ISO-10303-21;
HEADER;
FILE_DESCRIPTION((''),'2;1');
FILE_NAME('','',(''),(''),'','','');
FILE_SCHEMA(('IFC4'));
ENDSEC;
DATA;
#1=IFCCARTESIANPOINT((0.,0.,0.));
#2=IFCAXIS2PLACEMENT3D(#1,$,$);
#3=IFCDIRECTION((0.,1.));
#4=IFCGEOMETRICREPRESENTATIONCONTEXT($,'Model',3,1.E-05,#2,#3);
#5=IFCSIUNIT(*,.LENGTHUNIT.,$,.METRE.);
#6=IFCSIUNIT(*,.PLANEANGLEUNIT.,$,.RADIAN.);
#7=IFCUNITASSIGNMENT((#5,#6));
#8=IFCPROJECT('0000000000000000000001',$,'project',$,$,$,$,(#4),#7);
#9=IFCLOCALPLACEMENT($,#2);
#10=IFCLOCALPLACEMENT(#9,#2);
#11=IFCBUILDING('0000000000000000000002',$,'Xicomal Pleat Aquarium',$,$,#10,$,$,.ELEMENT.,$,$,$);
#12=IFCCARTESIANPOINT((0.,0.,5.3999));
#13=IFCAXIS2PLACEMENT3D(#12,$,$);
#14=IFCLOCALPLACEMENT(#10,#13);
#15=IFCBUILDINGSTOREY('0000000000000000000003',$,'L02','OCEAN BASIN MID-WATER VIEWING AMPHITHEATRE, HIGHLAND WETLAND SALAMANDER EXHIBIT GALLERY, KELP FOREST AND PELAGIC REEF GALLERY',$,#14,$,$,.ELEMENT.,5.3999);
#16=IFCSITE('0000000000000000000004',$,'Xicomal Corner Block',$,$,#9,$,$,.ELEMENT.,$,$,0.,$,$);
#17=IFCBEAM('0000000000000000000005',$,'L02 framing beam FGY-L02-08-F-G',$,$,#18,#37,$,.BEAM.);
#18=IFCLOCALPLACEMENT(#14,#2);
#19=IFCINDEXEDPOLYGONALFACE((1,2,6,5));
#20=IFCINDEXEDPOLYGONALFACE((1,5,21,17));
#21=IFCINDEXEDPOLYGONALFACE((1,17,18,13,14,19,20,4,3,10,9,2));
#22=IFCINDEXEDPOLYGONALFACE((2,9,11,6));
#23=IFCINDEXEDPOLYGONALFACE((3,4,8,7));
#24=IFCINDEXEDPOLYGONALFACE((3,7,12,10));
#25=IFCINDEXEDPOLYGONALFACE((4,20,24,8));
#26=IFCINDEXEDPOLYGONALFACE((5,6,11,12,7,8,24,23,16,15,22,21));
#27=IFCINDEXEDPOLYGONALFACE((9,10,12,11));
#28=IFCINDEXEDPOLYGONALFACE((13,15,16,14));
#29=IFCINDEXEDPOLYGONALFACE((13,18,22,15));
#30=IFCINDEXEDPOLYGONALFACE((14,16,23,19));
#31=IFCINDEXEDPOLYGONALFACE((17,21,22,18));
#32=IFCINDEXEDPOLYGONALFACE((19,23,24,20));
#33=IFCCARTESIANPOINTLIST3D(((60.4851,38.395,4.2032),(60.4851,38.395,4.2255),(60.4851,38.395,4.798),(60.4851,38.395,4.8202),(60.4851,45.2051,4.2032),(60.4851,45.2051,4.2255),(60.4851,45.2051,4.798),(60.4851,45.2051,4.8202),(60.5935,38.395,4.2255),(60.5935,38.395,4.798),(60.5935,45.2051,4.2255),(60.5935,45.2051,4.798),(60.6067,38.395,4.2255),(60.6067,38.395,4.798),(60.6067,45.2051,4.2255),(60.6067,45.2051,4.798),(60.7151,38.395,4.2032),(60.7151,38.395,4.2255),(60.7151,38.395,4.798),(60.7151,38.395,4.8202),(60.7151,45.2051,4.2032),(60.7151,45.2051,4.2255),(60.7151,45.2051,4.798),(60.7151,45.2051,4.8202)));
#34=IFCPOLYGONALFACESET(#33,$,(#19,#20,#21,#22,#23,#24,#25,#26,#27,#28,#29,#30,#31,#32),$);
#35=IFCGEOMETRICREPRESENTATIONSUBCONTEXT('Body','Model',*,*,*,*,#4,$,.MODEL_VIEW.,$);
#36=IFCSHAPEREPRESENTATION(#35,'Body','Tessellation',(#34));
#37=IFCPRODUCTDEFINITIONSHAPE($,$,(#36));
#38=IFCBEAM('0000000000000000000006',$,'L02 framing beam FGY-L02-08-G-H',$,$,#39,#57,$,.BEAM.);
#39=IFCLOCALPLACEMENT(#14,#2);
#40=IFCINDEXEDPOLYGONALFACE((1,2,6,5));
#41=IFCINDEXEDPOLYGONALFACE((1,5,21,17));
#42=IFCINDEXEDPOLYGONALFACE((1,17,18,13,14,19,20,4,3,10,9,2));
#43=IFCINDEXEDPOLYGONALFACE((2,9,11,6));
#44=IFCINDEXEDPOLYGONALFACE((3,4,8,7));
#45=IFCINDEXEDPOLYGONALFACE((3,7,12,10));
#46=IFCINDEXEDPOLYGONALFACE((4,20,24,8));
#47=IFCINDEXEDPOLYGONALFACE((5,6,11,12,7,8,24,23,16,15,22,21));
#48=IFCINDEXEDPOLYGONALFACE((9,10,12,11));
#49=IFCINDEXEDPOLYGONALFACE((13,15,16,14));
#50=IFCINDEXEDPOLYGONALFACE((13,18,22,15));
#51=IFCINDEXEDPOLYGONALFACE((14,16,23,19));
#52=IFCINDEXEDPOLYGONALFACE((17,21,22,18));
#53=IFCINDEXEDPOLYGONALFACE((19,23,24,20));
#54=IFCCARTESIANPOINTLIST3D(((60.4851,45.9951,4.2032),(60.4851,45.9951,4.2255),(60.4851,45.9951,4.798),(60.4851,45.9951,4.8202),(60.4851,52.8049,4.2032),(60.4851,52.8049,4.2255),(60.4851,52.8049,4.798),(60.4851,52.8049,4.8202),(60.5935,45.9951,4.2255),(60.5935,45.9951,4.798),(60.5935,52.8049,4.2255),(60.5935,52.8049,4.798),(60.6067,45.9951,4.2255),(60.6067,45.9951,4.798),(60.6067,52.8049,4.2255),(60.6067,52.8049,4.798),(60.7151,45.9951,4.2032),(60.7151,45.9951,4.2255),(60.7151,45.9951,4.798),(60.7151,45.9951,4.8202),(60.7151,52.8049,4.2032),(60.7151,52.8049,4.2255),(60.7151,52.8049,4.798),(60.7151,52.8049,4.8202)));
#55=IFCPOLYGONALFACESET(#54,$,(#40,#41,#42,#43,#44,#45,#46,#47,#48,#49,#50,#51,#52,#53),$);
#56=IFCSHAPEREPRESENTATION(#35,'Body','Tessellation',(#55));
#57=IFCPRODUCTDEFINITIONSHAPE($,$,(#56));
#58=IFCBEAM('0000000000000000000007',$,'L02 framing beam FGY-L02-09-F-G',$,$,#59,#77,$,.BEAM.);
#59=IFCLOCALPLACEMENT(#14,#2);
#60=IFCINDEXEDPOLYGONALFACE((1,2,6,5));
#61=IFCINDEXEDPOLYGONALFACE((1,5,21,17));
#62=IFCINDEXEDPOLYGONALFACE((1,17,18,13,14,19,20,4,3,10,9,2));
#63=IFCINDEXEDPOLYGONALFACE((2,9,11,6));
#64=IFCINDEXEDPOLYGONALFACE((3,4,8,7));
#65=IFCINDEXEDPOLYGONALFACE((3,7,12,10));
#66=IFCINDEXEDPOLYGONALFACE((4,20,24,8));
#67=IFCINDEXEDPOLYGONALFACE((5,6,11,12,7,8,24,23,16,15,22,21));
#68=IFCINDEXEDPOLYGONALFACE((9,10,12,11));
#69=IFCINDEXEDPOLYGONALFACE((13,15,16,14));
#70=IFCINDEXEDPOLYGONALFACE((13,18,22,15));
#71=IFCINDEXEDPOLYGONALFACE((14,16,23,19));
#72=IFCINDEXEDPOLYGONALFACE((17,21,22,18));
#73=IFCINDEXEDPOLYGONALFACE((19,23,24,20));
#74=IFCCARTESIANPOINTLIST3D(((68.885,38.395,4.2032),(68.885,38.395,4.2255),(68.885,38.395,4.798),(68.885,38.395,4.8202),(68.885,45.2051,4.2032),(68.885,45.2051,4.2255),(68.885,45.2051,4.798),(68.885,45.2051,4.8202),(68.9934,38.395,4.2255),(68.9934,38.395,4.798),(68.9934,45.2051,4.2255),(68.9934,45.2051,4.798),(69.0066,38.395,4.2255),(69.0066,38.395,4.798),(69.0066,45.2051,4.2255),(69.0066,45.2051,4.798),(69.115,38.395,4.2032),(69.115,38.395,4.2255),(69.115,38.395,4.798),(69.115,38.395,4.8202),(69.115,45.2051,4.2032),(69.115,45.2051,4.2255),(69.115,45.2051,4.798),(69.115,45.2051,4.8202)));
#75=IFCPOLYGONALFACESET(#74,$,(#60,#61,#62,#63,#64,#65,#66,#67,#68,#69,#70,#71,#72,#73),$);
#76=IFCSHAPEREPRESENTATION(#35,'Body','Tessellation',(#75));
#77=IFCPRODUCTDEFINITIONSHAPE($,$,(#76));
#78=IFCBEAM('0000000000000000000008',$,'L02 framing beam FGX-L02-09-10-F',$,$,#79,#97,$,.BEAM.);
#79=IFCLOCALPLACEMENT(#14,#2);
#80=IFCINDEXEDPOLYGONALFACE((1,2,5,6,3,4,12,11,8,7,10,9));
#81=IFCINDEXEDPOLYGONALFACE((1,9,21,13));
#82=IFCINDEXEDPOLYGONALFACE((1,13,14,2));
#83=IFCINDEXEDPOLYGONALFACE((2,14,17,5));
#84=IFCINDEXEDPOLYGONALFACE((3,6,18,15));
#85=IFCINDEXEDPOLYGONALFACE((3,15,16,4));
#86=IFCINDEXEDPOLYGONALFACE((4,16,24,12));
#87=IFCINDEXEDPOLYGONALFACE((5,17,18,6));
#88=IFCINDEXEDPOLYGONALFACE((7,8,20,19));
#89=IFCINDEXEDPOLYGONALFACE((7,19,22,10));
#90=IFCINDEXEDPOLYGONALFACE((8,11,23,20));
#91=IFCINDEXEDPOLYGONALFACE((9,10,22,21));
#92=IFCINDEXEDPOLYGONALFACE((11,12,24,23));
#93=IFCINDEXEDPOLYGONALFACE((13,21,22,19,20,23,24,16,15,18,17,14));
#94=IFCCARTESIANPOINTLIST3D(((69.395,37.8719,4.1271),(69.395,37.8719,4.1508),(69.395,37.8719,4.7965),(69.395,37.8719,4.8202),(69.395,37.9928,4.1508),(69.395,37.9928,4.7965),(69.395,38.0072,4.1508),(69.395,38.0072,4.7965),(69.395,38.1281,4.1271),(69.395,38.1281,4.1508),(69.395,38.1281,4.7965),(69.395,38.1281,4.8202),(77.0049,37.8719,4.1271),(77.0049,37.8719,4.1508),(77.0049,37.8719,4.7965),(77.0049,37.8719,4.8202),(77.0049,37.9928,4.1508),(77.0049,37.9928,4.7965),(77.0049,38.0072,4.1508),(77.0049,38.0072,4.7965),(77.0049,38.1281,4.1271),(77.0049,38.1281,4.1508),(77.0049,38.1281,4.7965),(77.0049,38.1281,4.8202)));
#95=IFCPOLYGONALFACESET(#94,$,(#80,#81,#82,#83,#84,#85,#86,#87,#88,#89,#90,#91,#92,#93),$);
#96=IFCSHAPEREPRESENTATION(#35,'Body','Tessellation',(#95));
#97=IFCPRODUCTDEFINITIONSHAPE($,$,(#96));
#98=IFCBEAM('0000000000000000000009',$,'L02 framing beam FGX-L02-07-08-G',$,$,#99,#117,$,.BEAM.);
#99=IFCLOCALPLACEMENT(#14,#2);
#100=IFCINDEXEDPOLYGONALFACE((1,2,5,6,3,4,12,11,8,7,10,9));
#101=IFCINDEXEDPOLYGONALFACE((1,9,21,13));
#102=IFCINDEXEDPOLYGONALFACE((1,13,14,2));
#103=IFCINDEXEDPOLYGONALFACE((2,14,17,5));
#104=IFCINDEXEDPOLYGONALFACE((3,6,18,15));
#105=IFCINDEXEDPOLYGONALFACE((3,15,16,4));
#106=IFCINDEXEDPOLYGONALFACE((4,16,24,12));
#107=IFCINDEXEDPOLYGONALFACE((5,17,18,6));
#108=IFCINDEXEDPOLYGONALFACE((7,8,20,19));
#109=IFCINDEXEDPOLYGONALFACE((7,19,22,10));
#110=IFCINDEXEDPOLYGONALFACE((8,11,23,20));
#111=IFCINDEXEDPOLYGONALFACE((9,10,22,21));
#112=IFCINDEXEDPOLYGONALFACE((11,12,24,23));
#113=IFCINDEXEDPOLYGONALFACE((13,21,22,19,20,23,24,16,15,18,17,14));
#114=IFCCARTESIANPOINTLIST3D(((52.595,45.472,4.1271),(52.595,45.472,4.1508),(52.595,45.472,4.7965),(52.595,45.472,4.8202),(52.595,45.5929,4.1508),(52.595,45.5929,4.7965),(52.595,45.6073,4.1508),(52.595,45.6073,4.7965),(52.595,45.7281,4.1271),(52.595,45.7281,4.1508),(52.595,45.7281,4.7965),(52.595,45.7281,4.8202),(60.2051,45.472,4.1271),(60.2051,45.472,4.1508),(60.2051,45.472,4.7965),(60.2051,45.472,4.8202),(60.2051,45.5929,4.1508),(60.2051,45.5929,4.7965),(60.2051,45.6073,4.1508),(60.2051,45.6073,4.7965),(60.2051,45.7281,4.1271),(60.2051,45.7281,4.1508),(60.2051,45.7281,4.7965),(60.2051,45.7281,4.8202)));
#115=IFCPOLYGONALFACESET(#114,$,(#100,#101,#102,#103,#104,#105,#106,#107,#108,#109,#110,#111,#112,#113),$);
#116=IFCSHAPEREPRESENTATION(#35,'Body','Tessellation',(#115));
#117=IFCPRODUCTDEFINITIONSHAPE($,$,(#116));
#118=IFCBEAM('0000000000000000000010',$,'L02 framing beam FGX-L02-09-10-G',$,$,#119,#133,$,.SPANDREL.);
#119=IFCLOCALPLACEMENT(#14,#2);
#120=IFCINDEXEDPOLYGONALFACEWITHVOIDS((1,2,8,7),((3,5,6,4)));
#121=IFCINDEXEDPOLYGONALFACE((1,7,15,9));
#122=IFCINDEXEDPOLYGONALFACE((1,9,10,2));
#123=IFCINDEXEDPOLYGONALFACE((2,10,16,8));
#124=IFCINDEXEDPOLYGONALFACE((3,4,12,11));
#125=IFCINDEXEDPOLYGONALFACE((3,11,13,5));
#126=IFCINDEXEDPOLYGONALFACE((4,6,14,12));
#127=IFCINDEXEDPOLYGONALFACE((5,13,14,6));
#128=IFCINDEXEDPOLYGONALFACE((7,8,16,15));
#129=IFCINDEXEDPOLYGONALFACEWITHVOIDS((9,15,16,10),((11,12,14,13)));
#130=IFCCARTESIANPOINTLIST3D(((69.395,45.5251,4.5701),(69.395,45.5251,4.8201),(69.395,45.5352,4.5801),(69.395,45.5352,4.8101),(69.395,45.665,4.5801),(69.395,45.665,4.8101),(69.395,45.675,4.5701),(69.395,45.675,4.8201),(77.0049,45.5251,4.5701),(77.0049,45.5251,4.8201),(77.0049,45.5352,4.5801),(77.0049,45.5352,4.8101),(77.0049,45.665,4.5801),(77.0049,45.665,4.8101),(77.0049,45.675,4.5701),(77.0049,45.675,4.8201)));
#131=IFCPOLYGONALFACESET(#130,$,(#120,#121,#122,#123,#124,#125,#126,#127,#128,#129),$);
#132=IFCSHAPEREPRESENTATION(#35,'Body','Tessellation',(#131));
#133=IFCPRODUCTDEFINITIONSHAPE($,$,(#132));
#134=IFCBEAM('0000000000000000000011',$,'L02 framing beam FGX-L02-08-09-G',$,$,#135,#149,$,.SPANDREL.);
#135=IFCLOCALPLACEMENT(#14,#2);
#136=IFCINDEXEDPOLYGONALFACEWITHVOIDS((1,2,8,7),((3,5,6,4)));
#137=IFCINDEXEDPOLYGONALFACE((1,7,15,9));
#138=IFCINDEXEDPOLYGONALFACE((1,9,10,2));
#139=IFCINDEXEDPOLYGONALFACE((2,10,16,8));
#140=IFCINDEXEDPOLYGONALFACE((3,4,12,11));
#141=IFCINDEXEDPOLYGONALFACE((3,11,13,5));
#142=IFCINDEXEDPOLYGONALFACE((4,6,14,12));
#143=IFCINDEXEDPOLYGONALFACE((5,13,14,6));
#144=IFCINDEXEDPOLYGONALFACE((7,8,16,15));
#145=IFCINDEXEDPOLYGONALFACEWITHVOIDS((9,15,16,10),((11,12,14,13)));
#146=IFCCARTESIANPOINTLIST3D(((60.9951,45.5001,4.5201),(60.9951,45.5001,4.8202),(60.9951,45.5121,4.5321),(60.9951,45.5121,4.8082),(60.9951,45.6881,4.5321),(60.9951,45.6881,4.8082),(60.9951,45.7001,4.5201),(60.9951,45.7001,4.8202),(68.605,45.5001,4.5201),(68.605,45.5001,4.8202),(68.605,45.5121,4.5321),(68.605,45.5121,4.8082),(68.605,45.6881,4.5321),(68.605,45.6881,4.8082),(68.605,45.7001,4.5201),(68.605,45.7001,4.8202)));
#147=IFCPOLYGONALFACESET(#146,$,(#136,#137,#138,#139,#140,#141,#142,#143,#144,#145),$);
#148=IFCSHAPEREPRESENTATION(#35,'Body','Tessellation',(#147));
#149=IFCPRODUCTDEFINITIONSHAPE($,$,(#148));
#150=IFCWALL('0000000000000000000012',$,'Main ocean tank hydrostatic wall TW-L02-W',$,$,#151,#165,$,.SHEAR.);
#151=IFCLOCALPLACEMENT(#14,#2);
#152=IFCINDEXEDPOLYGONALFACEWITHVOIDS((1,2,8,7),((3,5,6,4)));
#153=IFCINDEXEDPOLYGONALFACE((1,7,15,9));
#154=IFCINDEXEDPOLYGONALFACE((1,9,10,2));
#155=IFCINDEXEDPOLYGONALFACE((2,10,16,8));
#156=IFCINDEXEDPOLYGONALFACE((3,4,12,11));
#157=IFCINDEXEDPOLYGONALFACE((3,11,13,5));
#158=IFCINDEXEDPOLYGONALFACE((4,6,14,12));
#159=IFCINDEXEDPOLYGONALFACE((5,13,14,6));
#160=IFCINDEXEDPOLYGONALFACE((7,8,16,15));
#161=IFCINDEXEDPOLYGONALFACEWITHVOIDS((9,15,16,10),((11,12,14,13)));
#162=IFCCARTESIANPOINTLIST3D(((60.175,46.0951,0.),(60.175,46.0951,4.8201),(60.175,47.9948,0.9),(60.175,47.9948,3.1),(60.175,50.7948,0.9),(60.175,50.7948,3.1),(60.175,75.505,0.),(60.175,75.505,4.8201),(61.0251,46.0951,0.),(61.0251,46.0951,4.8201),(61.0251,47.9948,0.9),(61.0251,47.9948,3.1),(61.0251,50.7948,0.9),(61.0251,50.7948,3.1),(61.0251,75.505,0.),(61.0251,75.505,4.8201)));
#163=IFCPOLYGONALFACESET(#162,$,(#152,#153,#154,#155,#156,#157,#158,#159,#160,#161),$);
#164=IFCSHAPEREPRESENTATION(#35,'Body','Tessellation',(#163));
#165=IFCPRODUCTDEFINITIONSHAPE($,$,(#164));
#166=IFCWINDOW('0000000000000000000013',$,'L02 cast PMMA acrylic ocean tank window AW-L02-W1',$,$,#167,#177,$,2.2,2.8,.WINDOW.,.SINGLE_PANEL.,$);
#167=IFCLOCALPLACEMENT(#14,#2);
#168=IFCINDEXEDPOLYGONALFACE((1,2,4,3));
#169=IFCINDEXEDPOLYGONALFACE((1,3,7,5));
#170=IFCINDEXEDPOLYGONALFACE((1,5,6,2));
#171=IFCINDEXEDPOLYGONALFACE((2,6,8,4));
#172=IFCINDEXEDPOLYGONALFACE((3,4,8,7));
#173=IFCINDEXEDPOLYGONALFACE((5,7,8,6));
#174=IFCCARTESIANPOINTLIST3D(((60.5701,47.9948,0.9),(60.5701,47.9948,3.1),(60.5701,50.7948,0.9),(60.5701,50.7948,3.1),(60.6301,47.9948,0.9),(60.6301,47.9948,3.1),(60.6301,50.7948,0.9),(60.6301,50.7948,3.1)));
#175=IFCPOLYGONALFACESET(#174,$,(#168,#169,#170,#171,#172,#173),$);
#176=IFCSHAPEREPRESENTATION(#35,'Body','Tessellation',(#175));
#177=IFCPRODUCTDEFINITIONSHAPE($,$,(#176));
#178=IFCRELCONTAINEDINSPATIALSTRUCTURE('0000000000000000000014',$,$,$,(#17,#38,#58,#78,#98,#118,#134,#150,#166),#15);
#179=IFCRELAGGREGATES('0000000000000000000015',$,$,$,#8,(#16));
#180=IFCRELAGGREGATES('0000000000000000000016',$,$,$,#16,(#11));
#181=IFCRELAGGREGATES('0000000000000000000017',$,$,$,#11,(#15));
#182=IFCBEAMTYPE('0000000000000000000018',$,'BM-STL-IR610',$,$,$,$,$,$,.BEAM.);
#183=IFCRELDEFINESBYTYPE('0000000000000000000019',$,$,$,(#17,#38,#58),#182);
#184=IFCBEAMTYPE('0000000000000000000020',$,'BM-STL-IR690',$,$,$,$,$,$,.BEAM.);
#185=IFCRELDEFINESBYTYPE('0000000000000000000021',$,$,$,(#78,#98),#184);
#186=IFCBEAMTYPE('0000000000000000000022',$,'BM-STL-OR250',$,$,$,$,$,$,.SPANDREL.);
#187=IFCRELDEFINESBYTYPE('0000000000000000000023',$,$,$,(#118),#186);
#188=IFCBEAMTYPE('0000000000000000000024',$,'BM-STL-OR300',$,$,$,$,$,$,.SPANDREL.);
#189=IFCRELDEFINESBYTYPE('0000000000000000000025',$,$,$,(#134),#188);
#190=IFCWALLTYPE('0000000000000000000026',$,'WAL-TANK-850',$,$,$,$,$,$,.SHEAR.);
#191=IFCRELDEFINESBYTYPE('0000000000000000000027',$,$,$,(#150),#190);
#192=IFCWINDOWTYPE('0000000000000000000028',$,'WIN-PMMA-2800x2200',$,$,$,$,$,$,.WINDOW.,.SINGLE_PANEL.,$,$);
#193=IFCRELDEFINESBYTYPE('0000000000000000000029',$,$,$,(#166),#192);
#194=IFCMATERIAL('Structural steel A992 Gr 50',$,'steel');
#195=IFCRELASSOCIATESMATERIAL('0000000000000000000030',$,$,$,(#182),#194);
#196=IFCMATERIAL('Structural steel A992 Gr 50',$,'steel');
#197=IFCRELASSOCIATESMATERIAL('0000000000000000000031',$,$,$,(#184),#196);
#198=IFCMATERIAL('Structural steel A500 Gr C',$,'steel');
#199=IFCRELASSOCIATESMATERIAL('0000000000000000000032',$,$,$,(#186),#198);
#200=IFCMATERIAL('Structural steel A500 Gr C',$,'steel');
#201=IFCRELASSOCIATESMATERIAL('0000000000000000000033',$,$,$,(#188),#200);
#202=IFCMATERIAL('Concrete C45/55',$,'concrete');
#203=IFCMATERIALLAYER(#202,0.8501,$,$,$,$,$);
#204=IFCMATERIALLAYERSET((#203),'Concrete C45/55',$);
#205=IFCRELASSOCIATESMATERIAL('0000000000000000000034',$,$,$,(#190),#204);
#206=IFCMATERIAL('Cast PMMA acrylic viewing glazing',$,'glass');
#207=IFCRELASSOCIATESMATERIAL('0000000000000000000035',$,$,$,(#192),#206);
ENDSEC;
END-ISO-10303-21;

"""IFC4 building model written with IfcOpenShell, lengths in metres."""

from ifc_helpers import new_model, si_unit, direction, frame, frame_2d, origin, origin_2d, place, context, subcontext, project, spatial, rectangle, hollow_rectangle, i_section, extrude, material, layer, layer_set, material_profile, profile_set, type_object, element, fill, save


model = new_model("IFC4")

# Units and contexts
model_context = context("Model", 3, precision=1e-05, world=origin(), true_north=direction((0.0, 1.0)))
body_context = subcontext(model_context, "Body", "Model", "MODEL_VIEW")
ifc_project = project(units=[si_unit("LENGTHUNIT", "METRE"), si_unit("PLANEANGLEUNIT", "RADIAN")], contexts=[model_context])

# Site, building, storey
site_placement = place(None, origin())
site = spatial("IfcSite", under=ifc_project, at=site_placement, Name="Xicomal Corner Block", CompositionType="ELEMENT", RefElevation=0.0)
building_placement = place(site_placement, origin())
building = spatial("IfcBuilding", under=site, at=building_placement, Name="Xicomal Pleat Aquarium", CompositionType="ELEMENT")
storey_placement = place(building_placement, frame((0.0, 0.0, 5.3999)))
storey = spatial("IfcBuildingStorey", under=building, at=storey_placement, Name="L02", Description="OCEAN BASIN MID-WATER VIEWING AMPHITHEATRE, HIGHLAND WETLAND SALAMANDER EXHIBIT GALLERY, KELP FOREST AND PELAGIC REEF GALLERY", CompositionType="ELEMENT", Elevation=5.3999)

# Beams
ifc_material_1 = material(Name="Structural steel A992 Gr 50", Category="steel")
ifc_material_profile_1 = material_profile(ifc_material_1, i_section(OverallWidth=0.23, OverallDepth=0.6169, WebThickness=0.0132, FlangeThickness=0.0222, at=origin_2d()), Name="IR 610x140")
ifc_profile_set_1 = profile_set([ifc_material_profile_1], Name="Structural steel A992 Gr 50")
beam_type_1 = type_object("IfcBeamType", Name="BM-STL-IR610", PredefinedType="BEAM", material=ifc_profile_set_1)
beam_1_placement = place(storey_placement, frame((60.6001, 38.395, 4.5117), z_axis=(0.0, 1.0, 0.0), x_axis=(-1.0, 0.0, 0.0)))
element("IfcBeam", 1, at=beam_1_placement, inside=storey, type_object=beam_type_1, Name="L02 framing beam FGY-L02-08-F-G", PredefinedType="BEAM", context=body_context, shape_type="SweptSolid", body=[
    extrude(i_section(OverallWidth=0.23, OverallDepth=0.6169, WebThickness=0.0132, FlangeThickness=0.0222, at=origin_2d()), origin(), (0.0, 0.0, 1.0), 6.8101),
])
beam_2_placement = place(storey_placement, frame((60.6001, 45.9951, 4.5117), z_axis=(0.0, 1.0, 0.0), x_axis=(-1.0, 0.0, 0.0)))
element("IfcBeam", 2, at=beam_2_placement, inside=storey, type_object=beam_type_1, Name="L02 framing beam FGY-L02-08-G-H", PredefinedType="BEAM", context=body_context, shape_type="SweptSolid", body=[
    extrude(i_section(OverallWidth=0.23, OverallDepth=0.6169, WebThickness=0.0132, FlangeThickness=0.0222, at=origin_2d()), origin(), (0.0, 0.0, 1.0), 6.8098),
])
beam_3_placement = place(storey_placement, frame((69.0, 38.395, 4.5117), z_axis=(0.0, 1.0, 0.0), x_axis=(-1.0, 0.0, 0.0)))
element("IfcBeam", 3, at=beam_3_placement, inside=storey, type_object=beam_type_1, Name="L02 framing beam FGY-L02-09-F-G", PredefinedType="BEAM", context=body_context, shape_type="SweptSolid", body=[
    extrude(i_section(OverallWidth=0.23, OverallDepth=0.6169, WebThickness=0.0132, FlangeThickness=0.0222, at=origin_2d()), origin(), (0.0, 0.0, 1.0), 6.8101),
])
ifc_material_2 = material(Name="Structural steel A992 Gr 50", Category="steel")
ifc_material_profile_2 = material_profile(ifc_material_2, i_section(OverallWidth=0.2561, OverallDepth=0.6931, WebThickness=0.0144, FlangeThickness=0.0237, at=origin_2d()), Name="IR 690x170")
ifc_profile_set_2 = profile_set([ifc_material_profile_2], Name="Structural steel A992 Gr 50")
beam_type_2 = type_object("IfcBeamType", Name="BM-STL-IR690", PredefinedType="BEAM", material=ifc_profile_set_2)
beam_4_placement = place(storey_placement, frame((69.395, 38.0, 4.4736), z_axis=(1.0, 0.0, 0.0), x_axis=(0.0, 1.0, 0.0)))
element("IfcBeam", 4, at=beam_4_placement, inside=storey, type_object=beam_type_2, Name="L02 framing beam FGX-L02-09-10-F", PredefinedType="BEAM", context=body_context, shape_type="SweptSolid", body=[
    extrude(i_section(OverallWidth=0.2561, OverallDepth=0.6931, WebThickness=0.0144, FlangeThickness=0.0237, at=origin_2d()), origin(), (0.0, 0.0, 1.0), 7.6099),
])
beam_5_placement = place(storey_placement, frame((52.595, 45.6001, 4.4736), z_axis=(1.0, 0.0, 0.0), x_axis=(0.0, 1.0, 0.0)))
element("IfcBeam", 5, at=beam_5_placement, inside=storey, type_object=beam_type_2, Name="L02 framing beam FGX-L02-07-08-G", PredefinedType="BEAM", context=body_context, shape_type="SweptSolid", body=[
    extrude(i_section(OverallWidth=0.2561, OverallDepth=0.6931, WebThickness=0.0144, FlangeThickness=0.0237, at=origin_2d()), origin(), (0.0, 0.0, 1.0), 7.6101),
])
ifc_material_3 = material(Name="Structural steel A500 Gr C", Category="steel")
ifc_material_profile_3 = material_profile(ifc_material_3, hollow_rectangle(XDim=0.1499, YDim=0.25, WallThickness=0.01, at=origin_2d()), Name="OR 250x150x10")
ifc_profile_set_3 = profile_set([ifc_material_profile_3], Name="Structural steel A500 Gr C")
beam_type_3 = type_object("IfcBeamType", Name="BM-STL-OR250", PredefinedType="SPANDREL", material=ifc_profile_set_3)
beam_6_placement = place(storey_placement, frame((69.395, 45.6001, 4.6951), z_axis=(1.0, 0.0, 0.0), x_axis=(0.0, 1.0, 0.0)))
element("IfcBeam", 6, at=beam_6_placement, inside=storey, type_object=beam_type_3, Name="L02 framing beam FGX-L02-09-10-G", PredefinedType="SPANDREL", context=body_context, shape_type="SweptSolid", body=[
    extrude(hollow_rectangle(XDim=0.1499, YDim=0.25, WallThickness=0.01, at=origin_2d()), origin(), (0.0, 0.0, 1.0), 7.6099),
])
ifc_material_4 = material(Name="Structural steel A500 Gr C", Category="steel")
ifc_material_profile_4 = material_profile(ifc_material_4, hollow_rectangle(XDim=0.2, YDim=0.3, WallThickness=0.012, at=origin_2d()), Name="OR 300x200x12")
ifc_profile_set_4 = profile_set([ifc_material_profile_4], Name="Structural steel A500 Gr C")
beam_type_4 = type_object("IfcBeamType", Name="BM-STL-OR300", PredefinedType="SPANDREL", material=ifc_profile_set_4)
beam_7_placement = place(storey_placement, frame((60.9951, 45.6001, 4.6702), z_axis=(1.0, 0.0, 0.0), x_axis=(0.0, 1.0, 0.0)))
element("IfcBeam", 7, at=beam_7_placement, inside=storey, type_object=beam_type_4, Name="L02 framing beam FGX-L02-08-09-G", PredefinedType="SPANDREL", context=body_context, shape_type="SweptSolid", body=[
    extrude(hollow_rectangle(XDim=0.2, YDim=0.3, WallThickness=0.012, at=origin_2d()), origin(), (0.0, 0.0, 1.0), 7.6099),
])

# Wall, opening, window
ifc_material_5 = material(Name="Concrete C45/55", Category="concrete")
ifc_layer_1 = layer(ifc_material_5, 0.8501)
ifc_layer_set_1 = layer_set([ifc_layer_1], Name="Concrete C45/55")
wall_type_1 = type_object("IfcWallType", Name="WAL-TANK-850", PredefinedType="SHEAR", material=ifc_layer_set_1)
wall_1_placement = place(storey_placement, frame((60.6001, 46.095, 0.0), z_axis=(0.0, 0.0, 1.0), x_axis=(0.0, 1.0, 0.0)))
wall_1 = element("IfcWall", 8, at=wall_1_placement, inside=storey, type_object=wall_type_1, Name="Main ocean tank hydrostatic wall TW-L02-W", PredefinedType="SHEAR", context=body_context, shape_type="SweptSolid", body=[
    extrude(rectangle(XDim=29.4099, YDim=0.8501, at=frame_2d((14.7051, 0.0))), origin(), (0.0, 0.0, 1.0), 4.8201),
])
opening_1_placement = place(wall_1_placement, frame((1.8999, 0.0, 0.8999)))
opening_1 = element("IfcOpeningElement", 9, at=opening_1_placement, cuts=wall_1, PredefinedType="OPENING", context=body_context, shape_type="SweptSolid", body=[
    extrude(rectangle(XDim=2.8, YDim=2.2, at=frame_2d((1.3999, 1.1001))), frame((0.0, 0.4351, 0.0), z_axis=(0.0, -1.0, 0.0), x_axis=(1.0, 0.0, 0.0)), (0.0, 0.0, 1.0), 0.8701),
])
ifc_material_6 = material(Name="Cast PMMA acrylic viewing glazing", Category="glass")
window_type_1 = type_object("IfcWindowType", Name="WIN-PMMA-2800x2200", PartitioningType="SINGLE_PANEL", PredefinedType="WINDOW", material=ifc_material_6)
window_1_placement = place(opening_1_placement, origin())
window_1 = element("IfcWindow", 10, at=window_1_placement, inside=storey, type_object=window_type_1, Name="L02 cast PMMA acrylic ocean tank window AW-L02-W1", OverallHeight=2.2, OverallWidth=2.8, PartitioningType="SINGLE_PANEL", PredefinedType="WINDOW", context=body_context, shape_type="SweptSolid", body=[
    extrude(rectangle(XDim=2.8, YDim=2.2, at=frame_2d((1.3999, 1.1001))), frame((0.0, 0.03, 0.0), z_axis=(0.0, -1.0, 0.0), x_axis=(1.0, 0.0, 0.0)), (0.0, 0.0, 1.0), 0.0601),
])
fill(opening_1, window_1)

save(model, "model.ifc")
